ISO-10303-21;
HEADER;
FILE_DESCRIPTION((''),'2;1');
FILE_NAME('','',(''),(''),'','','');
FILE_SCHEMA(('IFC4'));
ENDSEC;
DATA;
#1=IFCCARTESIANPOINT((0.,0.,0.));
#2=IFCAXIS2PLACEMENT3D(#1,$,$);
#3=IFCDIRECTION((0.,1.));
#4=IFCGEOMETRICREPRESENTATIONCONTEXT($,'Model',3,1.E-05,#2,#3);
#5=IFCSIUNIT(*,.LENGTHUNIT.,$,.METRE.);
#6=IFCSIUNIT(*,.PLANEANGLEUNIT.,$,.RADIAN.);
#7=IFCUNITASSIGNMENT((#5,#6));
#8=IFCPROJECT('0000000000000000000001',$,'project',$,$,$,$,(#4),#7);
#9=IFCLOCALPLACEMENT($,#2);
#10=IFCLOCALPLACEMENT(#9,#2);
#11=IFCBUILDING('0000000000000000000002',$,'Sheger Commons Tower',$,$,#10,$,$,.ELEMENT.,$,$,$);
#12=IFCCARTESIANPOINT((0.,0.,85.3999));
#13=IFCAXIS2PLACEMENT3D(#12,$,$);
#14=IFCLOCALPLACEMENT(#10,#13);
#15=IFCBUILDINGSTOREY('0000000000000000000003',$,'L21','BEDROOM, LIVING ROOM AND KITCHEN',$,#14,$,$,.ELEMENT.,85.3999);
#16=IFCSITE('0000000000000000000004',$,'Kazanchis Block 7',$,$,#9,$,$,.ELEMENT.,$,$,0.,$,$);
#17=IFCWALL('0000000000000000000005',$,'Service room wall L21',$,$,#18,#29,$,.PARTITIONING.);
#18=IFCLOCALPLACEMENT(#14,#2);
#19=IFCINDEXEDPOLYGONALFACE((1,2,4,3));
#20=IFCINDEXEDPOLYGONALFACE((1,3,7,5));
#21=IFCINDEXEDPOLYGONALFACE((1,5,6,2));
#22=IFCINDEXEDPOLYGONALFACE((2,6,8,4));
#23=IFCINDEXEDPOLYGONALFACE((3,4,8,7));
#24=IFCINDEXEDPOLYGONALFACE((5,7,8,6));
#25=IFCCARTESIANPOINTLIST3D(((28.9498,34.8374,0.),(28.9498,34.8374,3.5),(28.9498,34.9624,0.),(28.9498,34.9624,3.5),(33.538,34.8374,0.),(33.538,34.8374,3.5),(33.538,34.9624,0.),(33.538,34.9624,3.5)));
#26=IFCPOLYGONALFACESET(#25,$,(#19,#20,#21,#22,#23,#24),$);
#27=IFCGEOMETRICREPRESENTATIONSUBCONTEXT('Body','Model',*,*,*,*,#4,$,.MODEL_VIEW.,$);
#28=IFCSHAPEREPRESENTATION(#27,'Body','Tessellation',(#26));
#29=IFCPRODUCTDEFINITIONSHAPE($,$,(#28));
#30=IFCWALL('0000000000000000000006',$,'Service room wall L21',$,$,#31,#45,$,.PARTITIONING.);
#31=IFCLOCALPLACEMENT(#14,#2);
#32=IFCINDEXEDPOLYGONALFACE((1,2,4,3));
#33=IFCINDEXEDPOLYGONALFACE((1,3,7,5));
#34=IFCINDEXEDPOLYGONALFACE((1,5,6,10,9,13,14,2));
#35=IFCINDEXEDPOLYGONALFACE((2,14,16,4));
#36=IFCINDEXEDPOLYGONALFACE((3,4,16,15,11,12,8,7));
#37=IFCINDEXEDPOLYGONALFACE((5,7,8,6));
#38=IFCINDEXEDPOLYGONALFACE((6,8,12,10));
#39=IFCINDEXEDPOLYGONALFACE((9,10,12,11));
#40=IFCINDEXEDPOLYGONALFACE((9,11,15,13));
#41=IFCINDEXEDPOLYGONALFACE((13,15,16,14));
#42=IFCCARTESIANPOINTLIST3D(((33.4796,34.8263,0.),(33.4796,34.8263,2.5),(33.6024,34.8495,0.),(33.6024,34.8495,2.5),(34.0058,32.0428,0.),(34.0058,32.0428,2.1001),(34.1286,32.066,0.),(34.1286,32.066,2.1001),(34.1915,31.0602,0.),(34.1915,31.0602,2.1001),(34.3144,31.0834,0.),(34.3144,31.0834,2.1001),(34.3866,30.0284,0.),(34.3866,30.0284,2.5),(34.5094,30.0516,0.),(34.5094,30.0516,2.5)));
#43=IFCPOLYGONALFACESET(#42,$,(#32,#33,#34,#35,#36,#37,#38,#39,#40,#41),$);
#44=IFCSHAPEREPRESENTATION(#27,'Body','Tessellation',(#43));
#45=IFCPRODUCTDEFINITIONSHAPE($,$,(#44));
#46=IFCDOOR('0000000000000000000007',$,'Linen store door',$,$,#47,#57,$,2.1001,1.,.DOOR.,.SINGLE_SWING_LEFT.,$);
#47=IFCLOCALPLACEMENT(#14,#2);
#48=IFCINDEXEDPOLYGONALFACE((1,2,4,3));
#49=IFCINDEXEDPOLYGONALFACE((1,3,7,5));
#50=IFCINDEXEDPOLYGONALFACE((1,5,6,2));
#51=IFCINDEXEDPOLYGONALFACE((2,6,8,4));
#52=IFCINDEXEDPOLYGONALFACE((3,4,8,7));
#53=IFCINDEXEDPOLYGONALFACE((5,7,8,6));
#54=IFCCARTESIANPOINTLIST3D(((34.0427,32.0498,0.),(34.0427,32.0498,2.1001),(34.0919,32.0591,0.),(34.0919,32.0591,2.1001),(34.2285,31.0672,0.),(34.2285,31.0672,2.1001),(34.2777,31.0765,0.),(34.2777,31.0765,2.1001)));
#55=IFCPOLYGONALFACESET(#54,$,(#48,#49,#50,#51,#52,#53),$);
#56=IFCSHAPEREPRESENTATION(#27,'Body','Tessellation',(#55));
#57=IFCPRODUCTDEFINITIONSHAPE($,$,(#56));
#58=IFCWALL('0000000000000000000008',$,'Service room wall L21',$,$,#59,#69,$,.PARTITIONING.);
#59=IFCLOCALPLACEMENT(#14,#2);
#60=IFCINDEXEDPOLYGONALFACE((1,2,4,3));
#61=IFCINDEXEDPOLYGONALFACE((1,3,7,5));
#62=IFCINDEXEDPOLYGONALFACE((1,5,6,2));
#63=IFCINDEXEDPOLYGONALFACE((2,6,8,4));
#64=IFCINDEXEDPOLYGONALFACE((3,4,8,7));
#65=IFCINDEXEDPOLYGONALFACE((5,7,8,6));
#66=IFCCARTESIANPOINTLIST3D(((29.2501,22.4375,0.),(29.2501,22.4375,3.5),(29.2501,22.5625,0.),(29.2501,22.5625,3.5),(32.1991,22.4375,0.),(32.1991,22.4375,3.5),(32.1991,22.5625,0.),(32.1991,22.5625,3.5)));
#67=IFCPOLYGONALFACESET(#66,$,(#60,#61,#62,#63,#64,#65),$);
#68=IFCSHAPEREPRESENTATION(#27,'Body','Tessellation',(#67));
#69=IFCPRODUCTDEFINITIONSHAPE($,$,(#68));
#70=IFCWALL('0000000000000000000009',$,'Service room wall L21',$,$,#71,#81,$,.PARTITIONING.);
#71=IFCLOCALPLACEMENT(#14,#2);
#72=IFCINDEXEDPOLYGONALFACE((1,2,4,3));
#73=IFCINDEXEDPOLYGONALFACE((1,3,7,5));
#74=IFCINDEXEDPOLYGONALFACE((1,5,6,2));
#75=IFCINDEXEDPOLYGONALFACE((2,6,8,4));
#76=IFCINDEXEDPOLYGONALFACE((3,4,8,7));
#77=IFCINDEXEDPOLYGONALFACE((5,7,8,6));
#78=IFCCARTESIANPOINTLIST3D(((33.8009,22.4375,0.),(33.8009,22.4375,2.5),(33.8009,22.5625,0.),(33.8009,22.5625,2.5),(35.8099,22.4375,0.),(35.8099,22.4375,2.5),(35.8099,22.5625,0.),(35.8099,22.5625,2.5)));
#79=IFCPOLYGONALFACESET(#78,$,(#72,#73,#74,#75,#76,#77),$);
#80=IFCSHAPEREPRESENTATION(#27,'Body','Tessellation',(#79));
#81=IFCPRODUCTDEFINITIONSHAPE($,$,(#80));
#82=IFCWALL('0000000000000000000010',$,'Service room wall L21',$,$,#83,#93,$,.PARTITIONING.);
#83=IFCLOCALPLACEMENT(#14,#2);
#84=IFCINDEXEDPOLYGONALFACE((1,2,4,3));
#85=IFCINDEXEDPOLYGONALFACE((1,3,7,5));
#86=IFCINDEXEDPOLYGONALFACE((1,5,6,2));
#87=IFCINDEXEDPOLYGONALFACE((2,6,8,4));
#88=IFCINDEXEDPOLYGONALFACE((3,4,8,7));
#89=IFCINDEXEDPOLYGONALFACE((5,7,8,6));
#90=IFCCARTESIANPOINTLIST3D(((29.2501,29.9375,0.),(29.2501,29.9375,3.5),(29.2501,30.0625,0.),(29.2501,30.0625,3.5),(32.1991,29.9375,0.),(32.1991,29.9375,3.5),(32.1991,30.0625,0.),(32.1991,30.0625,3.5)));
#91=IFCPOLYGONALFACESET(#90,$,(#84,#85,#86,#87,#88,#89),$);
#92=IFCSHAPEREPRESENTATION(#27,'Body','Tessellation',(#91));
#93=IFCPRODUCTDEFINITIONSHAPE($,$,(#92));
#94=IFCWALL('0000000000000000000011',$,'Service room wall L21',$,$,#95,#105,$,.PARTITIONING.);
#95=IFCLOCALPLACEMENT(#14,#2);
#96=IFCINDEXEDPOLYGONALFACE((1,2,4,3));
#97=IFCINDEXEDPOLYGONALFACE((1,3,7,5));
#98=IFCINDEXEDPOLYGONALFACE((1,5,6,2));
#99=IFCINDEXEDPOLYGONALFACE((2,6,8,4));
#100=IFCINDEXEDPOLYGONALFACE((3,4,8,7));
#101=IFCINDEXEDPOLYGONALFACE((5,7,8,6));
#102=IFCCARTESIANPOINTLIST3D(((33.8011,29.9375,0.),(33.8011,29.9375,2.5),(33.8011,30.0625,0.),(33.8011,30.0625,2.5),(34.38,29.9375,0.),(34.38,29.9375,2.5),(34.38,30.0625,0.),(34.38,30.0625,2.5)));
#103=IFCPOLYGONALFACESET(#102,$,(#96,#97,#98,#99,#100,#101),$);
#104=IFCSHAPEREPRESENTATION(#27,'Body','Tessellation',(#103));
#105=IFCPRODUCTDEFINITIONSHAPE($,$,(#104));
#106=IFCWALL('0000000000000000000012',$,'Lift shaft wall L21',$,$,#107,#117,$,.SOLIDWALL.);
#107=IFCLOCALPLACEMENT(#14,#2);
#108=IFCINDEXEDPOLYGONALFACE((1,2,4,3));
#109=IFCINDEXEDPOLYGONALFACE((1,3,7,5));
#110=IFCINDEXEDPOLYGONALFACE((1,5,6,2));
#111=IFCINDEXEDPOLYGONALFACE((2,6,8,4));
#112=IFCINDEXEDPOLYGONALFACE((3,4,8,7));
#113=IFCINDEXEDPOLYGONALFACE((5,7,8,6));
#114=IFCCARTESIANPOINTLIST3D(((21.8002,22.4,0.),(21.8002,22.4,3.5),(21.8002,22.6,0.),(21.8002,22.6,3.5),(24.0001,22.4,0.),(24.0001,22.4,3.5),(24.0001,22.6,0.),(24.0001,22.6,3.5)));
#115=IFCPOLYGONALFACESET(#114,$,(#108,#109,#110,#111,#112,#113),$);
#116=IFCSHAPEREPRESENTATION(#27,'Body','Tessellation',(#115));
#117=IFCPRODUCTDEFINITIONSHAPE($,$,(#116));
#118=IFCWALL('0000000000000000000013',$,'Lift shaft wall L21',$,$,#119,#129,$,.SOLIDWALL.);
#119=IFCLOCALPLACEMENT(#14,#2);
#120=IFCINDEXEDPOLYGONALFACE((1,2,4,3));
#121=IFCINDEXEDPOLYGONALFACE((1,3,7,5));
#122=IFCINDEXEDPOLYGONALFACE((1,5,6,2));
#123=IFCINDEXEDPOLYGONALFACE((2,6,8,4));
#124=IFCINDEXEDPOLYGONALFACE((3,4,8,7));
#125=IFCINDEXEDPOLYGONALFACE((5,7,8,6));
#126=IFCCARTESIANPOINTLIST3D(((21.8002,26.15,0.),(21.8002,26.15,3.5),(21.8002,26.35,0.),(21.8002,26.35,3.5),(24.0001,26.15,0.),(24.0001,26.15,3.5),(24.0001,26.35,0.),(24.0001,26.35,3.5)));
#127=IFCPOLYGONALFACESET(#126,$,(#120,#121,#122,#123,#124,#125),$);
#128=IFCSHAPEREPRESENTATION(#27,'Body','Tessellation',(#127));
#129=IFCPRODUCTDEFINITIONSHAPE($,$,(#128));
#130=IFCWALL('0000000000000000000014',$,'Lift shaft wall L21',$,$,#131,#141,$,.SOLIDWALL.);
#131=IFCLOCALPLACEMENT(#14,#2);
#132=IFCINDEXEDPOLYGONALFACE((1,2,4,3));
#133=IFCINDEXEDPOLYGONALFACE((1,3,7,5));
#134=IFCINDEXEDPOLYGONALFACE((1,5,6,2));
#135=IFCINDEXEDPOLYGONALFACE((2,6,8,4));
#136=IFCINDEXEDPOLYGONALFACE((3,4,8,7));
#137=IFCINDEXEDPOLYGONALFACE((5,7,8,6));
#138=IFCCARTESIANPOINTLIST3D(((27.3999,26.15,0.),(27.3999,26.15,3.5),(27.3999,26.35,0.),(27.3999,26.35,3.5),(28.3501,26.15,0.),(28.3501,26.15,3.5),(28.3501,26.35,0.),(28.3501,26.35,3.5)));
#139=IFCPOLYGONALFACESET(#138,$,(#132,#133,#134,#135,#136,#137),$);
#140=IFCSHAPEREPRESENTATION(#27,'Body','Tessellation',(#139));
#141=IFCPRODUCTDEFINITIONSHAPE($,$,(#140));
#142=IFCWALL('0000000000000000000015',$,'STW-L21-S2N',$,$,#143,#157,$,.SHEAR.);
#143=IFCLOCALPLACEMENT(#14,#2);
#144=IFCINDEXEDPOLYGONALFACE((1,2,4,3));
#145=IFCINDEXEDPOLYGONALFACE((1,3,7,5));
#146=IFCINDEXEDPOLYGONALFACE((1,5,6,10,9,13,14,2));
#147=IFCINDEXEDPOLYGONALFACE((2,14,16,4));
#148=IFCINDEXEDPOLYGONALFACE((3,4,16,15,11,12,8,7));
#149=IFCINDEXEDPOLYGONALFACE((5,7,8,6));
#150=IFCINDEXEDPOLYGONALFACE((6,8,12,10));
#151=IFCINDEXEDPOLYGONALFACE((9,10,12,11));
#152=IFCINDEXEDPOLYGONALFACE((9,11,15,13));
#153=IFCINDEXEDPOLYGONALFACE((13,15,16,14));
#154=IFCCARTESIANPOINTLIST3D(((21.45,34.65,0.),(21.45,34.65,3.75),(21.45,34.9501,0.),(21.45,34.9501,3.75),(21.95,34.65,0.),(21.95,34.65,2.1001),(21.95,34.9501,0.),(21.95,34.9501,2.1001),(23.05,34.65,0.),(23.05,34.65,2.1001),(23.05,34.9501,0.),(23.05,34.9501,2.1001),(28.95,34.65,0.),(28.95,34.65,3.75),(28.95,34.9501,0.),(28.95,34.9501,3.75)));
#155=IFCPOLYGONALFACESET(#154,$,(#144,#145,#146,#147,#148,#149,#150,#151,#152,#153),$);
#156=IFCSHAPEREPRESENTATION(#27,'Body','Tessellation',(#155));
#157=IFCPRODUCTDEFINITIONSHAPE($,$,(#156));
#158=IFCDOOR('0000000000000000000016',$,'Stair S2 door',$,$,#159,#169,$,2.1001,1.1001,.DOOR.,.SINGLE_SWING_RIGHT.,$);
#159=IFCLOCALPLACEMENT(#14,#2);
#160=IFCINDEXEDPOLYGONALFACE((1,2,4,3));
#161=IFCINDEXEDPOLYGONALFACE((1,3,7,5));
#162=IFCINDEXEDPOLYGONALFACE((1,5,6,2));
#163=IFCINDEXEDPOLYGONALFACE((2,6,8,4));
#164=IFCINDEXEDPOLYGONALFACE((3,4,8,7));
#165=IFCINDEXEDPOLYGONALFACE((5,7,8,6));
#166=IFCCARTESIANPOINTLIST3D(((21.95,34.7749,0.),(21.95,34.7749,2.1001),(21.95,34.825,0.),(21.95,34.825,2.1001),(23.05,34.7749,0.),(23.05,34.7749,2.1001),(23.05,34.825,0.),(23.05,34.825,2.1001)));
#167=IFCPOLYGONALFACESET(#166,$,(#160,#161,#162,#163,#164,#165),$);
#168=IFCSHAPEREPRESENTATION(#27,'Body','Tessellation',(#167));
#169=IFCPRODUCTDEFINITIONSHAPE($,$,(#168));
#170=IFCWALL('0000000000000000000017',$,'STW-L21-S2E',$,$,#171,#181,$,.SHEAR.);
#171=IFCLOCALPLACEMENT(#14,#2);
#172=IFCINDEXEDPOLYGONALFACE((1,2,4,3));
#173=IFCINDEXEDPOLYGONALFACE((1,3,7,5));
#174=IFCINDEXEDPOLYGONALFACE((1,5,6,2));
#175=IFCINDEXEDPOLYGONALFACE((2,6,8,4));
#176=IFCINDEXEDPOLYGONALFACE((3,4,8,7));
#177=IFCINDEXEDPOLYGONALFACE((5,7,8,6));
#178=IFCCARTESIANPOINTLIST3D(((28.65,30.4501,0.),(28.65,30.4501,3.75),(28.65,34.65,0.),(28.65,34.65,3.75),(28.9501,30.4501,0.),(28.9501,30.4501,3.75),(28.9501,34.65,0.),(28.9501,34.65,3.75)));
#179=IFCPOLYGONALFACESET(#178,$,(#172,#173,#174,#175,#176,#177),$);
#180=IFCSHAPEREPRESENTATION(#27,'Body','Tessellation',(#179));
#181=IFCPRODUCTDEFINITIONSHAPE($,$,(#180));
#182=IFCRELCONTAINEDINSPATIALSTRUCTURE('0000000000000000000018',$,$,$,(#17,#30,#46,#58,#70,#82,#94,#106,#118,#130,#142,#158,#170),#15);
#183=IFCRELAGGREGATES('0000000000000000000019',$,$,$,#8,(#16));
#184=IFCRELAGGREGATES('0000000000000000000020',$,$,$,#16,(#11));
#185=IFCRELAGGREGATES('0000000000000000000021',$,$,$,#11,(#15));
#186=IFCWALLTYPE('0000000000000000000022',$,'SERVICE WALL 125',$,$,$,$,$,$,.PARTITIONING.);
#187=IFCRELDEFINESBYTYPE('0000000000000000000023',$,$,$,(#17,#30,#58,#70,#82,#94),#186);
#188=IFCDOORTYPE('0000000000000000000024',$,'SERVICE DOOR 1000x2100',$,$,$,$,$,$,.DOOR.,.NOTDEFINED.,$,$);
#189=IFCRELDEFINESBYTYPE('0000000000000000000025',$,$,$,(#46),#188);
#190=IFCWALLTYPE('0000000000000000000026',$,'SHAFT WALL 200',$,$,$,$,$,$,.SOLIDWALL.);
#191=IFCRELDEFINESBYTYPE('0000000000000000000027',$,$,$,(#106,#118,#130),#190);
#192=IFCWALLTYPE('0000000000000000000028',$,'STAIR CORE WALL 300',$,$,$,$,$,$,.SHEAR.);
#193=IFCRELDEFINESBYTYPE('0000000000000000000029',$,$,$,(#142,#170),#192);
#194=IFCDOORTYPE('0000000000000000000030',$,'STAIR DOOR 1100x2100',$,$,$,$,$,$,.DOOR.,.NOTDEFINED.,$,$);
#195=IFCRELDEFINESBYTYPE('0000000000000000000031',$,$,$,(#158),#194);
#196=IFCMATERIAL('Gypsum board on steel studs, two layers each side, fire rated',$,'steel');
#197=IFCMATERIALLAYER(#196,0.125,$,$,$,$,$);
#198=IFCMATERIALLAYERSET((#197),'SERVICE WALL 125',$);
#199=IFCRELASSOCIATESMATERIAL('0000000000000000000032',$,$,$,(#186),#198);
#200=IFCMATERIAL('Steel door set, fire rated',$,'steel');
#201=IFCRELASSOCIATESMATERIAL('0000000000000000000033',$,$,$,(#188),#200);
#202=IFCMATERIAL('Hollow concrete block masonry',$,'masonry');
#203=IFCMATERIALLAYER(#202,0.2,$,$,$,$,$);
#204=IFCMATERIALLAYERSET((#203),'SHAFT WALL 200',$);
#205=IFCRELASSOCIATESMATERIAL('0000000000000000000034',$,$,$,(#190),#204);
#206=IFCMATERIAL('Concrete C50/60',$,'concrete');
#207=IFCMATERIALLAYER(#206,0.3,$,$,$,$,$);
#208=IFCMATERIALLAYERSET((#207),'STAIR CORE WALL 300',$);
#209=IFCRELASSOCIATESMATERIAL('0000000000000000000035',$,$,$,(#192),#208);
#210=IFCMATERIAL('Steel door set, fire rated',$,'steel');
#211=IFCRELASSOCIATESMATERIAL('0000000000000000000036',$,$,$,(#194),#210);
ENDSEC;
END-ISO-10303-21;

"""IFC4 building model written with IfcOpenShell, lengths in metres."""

from ifc_helpers import new_model, si_unit, direction, frame, frame_2d, origin, place, context, subcontext, project, spatial, rectangle, extrude, material, layer, layer_set, type_object, element, fill, save


model = new_model("IFC4")

# Units and contexts
model_context = context("Model", 3, precision=1e-05, world=origin(), true_north=direction((0.0, 1.0)))
body_context = subcontext(model_context, "Body", "Model", "MODEL_VIEW")
ifc_project = project(units=[si_unit("LENGTHUNIT", "METRE"), si_unit("PLANEANGLEUNIT", "RADIAN")], contexts=[model_context])

# Site, building, storey
site_placement = place(None, origin())
site = spatial("IfcSite", under=ifc_project, at=site_placement, Name="Kazanchis Block 7", CompositionType="ELEMENT", RefElevation=0.0)
building_placement = place(site_placement, origin())
building = spatial("IfcBuilding", under=site, at=building_placement, Name="Sheger Commons Tower", CompositionType="ELEMENT")
storey_placement = place(building_placement, frame((0.0, 0.0, 85.3999)))
storey = spatial("IfcBuildingStorey", under=building, at=storey_placement, Name="L21", Description="BEDROOM, LIVING ROOM AND KITCHEN", CompositionType="ELEMENT", Elevation=85.3999)

# Wall
ifc_material_1 = material(Name="Gypsum board on steel studs, two layers each side, fire rated", Category="steel")
ifc_layer_1 = layer(ifc_material_1, 0.125)
ifc_layer_set_1 = layer_set([ifc_layer_1], Name="SERVICE WALL 125")
wall_type_1 = type_object("IfcWallType", Name="SERVICE WALL 125", PredefinedType="PARTITIONING", material=ifc_layer_set_1)
wall_1_placement = place(storey_placement, frame((28.95, 34.8999, 0.0), z_axis=(0.0, 0.0, 1.0), x_axis=(1.0, 0.0, 0.0)))
element("IfcWall", 1, at=wall_1_placement, inside=storey, type_object=wall_type_1, Name="Service room wall L21", PredefinedType="PARTITIONING", context=body_context, shape_type="SweptSolid", body=[
    extrude(rectangle(XDim=4.5881, YDim=0.125, at=frame_2d((2.2939, 0.0))), origin(), (0.0, 0.0, 1.0), 3.5),
])

# Wall, opening, door
wall_2_placement = place(storey_placement, frame((34.448, 30.04, 0.0), z_axis=(0.0, 0.0, 1.0), x_axis=(-0.185749, 0.982597, 0.0)))
wall_2 = element("IfcWall", 2, at=wall_2_placement, inside=storey, type_object=wall_type_1, Name="Service room wall L21", PredefinedType="PARTITIONING", context=body_context, shape_type="SweptSolid", body=[
    extrude(rectangle(XDim=4.8828, YDim=0.125, at=frame_2d((2.4414, 0.0))), origin(), (0.0, 0.0, 1.0), 2.5),
])
opening_1_placement = place(wall_2_placement, frame((1.05, 0.0, 0.0)))
opening_1 = element("IfcOpeningElement", 3, at=opening_1_placement, cuts=wall_2, PredefinedType="OPENING", context=body_context, shape_type="SweptSolid", body=[
    extrude(rectangle(XDim=1.0, YDim=2.1001, at=frame_2d((0.5, 1.05))), frame((0.0, 0.0725, 0.0), z_axis=(0.0, -1.0, 0.0), x_axis=(1.0, 0.0, 0.0)), (0.0, 0.0, 1.0), 0.145),
])
ifc_material_2 = material(Name="Steel door set, fire rated", Category="steel")
door_type_1 = type_object("IfcDoorType", Name="SERVICE DOOR 1000x2100", OperationType="NOTDEFINED", PredefinedType="DOOR", material=ifc_material_2)
door_1_placement = place(opening_1_placement, origin())
door_1 = element("IfcDoor", 4, at=door_1_placement, inside=storey, type_object=door_type_1, Name="Linen store door", OperationType="SINGLE_SWING_LEFT", OverallHeight=2.1001, OverallWidth=1.0, PredefinedType="DOOR", context=body_context, shape_type="SweptSolid", body=[
    extrude(rectangle(XDim=1.0, YDim=2.1001, at=frame_2d((0.5, 1.05))), frame((0.0, 0.0249, 0.0), z_axis=(0.0, -1.0, 0.0), x_axis=(1.0, 0.0, 0.0)), (0.0, 0.0, 1.0), 0.05),
])
fill(opening_1, door_1)

# Walls
wall_3_placement = place(storey_placement, frame((29.25, 22.5, 0.0), z_axis=(0.0, 0.0, 1.0), x_axis=(1.0, 0.0, 0.0)))
element("IfcWall", 5, at=wall_3_placement, inside=storey, type_object=wall_type_1, Name="Service room wall L21", PredefinedType="PARTITIONING", context=body_context, shape_type="SweptSolid", body=[
    extrude(rectangle(XDim=2.949, YDim=0.125, at=frame_2d((1.4746, 0.0))), origin(), (0.0, 0.0, 1.0), 3.5),
])
wall_4_placement = place(storey_placement, frame((33.801, 22.5, 0.0), z_axis=(0.0, 0.0, 1.0), x_axis=(1.0, 0.0, 0.0)))
element("IfcWall", 6, at=wall_4_placement, inside=storey, type_object=wall_type_1, Name="Service room wall L21", PredefinedType="PARTITIONING", context=body_context, shape_type="SweptSolid", body=[
    extrude(rectangle(XDim=2.009, YDim=0.125, at=frame_2d((1.0044, 0.0))), origin(), (0.0, 0.0, 1.0), 2.5),
])
wall_5_placement = place(storey_placement, frame((29.25, 30.0, 0.0), z_axis=(0.0, 0.0, 1.0), x_axis=(1.0, 0.0, 0.0)))
element("IfcWall", 7, at=wall_5_placement, inside=storey, type_object=wall_type_1, Name="Service room wall L21", PredefinedType="PARTITIONING", context=body_context, shape_type="SweptSolid", body=[
    extrude(rectangle(XDim=2.949, YDim=0.125, at=frame_2d((1.4746, 0.0))), origin(), (0.0, 0.0, 1.0), 3.5),
])
wall_6_placement = place(storey_placement, frame((33.801, 30.0, 0.0), z_axis=(0.0, 0.0, 1.0), x_axis=(1.0, 0.0, 0.0)))
element("IfcWall", 8, at=wall_6_placement, inside=storey, type_object=wall_type_1, Name="Service room wall L21", PredefinedType="PARTITIONING", context=body_context, shape_type="SweptSolid", body=[
    extrude(rectangle(XDim=0.5789, YDim=0.125, at=frame_2d((0.2896, 0.0))), origin(), (0.0, 0.0, 1.0), 2.5),
])
ifc_material_3 = material(Name="Hollow concrete block masonry", Category="masonry")
ifc_layer_2 = layer(ifc_material_3, 0.2)
ifc_layer_set_2 = layer_set([ifc_layer_2], Name="SHAFT WALL 200")
wall_type_2 = type_object("IfcWallType", Name="SHAFT WALL 200", PredefinedType="SOLIDWALL", material=ifc_layer_set_2)
for number, where, z_axis, x_axis, name in (
    (9, (21.8, 22.5, 0.0), (0.0, 0.0, 1.0), (1.0, 0.0, 0.0), "Lift shaft wall L21"),
    (10, (21.8, 26.25, 0.0), (0.0, 0.0, 1.0), (1.0, 0.0, 0.0), "Lift shaft wall L21"),
):
    element("IfcWall", number, at=place(storey_placement, frame(where, z_axis=z_axis, x_axis=x_axis)), inside=storey, type_object=wall_type_2, Name=name, PredefinedType="SOLIDWALL", context=body_context, shape_type="SweptSolid", body=[
        extrude(rectangle(XDim=2.2, YDim=0.2, at=frame_2d((1.1001, 0.0))), origin(), (0.0, 0.0, 1.0), 3.5),
    ])
wall_7_placement = place(storey_placement, frame((27.3999, 26.25, 0.0), z_axis=(0.0, 0.0, 1.0), x_axis=(1.0, 0.0, 0.0)))
element("IfcWall", 11, at=wall_7_placement, inside=storey, type_object=wall_type_2, Name="Lift shaft wall L21", PredefinedType="SOLIDWALL", context=body_context, shape_type="SweptSolid", body=[
    extrude(rectangle(XDim=0.9502, YDim=0.2, at=frame_2d((0.4751, 0.0))), origin(), (0.0, 0.0, 1.0), 3.5),
])

# Wall, opening, door
ifc_material_4 = material(Name="Concrete C50/60", Category="concrete")
ifc_layer_3 = layer(ifc_material_4, 0.3)
ifc_layer_set_3 = layer_set([ifc_layer_3], Name="STAIR CORE WALL 300")
wall_type_3 = type_object("IfcWallType", Name="STAIR CORE WALL 300", PredefinedType="SHEAR", material=ifc_layer_set_3)
wall_8_placement = place(storey_placement, frame((21.45, 34.8, 0.0), z_axis=(0.0, 0.0, 1.0), x_axis=(1.0, 0.0, 0.0)))
wall_8 = element("IfcWall", 12, at=wall_8_placement, inside=storey, type_object=wall_type_3, Name="STW-L21-S2N", PredefinedType="SHEAR", context=body_context, shape_type="SweptSolid", body=[
    extrude(rectangle(XDim=7.5, YDim=0.3, at=frame_2d((3.75, 0.0))), origin(), (0.0, 0.0, 1.0), 3.75),
])
opening_2_placement = place(wall_8_placement, frame((0.5, 0.0, 0.0)))
opening_2 = element("IfcOpeningElement", 13, at=opening_2_placement, cuts=wall_8, PredefinedType="OPENING", context=body_context, shape_type="SweptSolid", body=[
    extrude(rectangle(XDim=1.1001, YDim=2.1001, at=frame_2d((0.55, 1.05))), frame((0.0, 0.1599, 0.0), z_axis=(0.0, -1.0, 0.0), x_axis=(1.0, 0.0, 0.0)), (0.0, 0.0, 1.0), 0.3201),
])
ifc_material_5 = material(Name="Steel door set, fire rated", Category="steel")
door_type_2 = type_object("IfcDoorType", Name="STAIR DOOR 1100x2100", OperationType="NOTDEFINED", PredefinedType="DOOR", material=ifc_material_5)
door_2_placement = place(opening_2_placement, origin())
door_2 = element("IfcDoor", 14, at=door_2_placement, inside=storey, type_object=door_type_2, Name="Stair S2 door", OperationType="SINGLE_SWING_RIGHT", OverallHeight=2.1001, OverallWidth=1.1001, PredefinedType="DOOR", context=body_context, shape_type="SweptSolid", body=[
    extrude(rectangle(XDim=1.1001, YDim=2.1001, at=frame_2d((0.55, 1.05))), frame((0.0, 0.0249, 0.0), z_axis=(0.0, -1.0, 0.0), x_axis=(1.0, 0.0, 0.0)), (0.0, 0.0, 1.0), 0.05),
])
fill(opening_2, door_2)

# Wall
wall_9_placement = place(storey_placement, frame((28.8, 30.45, 0.0), z_axis=(0.0, 0.0, 1.0), x_axis=(0.0, 1.0, 0.0)))
element("IfcWall", 15, at=wall_9_placement, inside=storey, type_object=wall_type_3, Name="STW-L21-S2E", PredefinedType="SHEAR", context=body_context, shape_type="SweptSolid", body=[
    extrude(rectangle(XDim=4.2, YDim=0.3, at=frame_2d((2.1001, 0.0))), origin(), (0.0, 0.0, 1.0), 3.75),
])

save(model, "model.ifc")
